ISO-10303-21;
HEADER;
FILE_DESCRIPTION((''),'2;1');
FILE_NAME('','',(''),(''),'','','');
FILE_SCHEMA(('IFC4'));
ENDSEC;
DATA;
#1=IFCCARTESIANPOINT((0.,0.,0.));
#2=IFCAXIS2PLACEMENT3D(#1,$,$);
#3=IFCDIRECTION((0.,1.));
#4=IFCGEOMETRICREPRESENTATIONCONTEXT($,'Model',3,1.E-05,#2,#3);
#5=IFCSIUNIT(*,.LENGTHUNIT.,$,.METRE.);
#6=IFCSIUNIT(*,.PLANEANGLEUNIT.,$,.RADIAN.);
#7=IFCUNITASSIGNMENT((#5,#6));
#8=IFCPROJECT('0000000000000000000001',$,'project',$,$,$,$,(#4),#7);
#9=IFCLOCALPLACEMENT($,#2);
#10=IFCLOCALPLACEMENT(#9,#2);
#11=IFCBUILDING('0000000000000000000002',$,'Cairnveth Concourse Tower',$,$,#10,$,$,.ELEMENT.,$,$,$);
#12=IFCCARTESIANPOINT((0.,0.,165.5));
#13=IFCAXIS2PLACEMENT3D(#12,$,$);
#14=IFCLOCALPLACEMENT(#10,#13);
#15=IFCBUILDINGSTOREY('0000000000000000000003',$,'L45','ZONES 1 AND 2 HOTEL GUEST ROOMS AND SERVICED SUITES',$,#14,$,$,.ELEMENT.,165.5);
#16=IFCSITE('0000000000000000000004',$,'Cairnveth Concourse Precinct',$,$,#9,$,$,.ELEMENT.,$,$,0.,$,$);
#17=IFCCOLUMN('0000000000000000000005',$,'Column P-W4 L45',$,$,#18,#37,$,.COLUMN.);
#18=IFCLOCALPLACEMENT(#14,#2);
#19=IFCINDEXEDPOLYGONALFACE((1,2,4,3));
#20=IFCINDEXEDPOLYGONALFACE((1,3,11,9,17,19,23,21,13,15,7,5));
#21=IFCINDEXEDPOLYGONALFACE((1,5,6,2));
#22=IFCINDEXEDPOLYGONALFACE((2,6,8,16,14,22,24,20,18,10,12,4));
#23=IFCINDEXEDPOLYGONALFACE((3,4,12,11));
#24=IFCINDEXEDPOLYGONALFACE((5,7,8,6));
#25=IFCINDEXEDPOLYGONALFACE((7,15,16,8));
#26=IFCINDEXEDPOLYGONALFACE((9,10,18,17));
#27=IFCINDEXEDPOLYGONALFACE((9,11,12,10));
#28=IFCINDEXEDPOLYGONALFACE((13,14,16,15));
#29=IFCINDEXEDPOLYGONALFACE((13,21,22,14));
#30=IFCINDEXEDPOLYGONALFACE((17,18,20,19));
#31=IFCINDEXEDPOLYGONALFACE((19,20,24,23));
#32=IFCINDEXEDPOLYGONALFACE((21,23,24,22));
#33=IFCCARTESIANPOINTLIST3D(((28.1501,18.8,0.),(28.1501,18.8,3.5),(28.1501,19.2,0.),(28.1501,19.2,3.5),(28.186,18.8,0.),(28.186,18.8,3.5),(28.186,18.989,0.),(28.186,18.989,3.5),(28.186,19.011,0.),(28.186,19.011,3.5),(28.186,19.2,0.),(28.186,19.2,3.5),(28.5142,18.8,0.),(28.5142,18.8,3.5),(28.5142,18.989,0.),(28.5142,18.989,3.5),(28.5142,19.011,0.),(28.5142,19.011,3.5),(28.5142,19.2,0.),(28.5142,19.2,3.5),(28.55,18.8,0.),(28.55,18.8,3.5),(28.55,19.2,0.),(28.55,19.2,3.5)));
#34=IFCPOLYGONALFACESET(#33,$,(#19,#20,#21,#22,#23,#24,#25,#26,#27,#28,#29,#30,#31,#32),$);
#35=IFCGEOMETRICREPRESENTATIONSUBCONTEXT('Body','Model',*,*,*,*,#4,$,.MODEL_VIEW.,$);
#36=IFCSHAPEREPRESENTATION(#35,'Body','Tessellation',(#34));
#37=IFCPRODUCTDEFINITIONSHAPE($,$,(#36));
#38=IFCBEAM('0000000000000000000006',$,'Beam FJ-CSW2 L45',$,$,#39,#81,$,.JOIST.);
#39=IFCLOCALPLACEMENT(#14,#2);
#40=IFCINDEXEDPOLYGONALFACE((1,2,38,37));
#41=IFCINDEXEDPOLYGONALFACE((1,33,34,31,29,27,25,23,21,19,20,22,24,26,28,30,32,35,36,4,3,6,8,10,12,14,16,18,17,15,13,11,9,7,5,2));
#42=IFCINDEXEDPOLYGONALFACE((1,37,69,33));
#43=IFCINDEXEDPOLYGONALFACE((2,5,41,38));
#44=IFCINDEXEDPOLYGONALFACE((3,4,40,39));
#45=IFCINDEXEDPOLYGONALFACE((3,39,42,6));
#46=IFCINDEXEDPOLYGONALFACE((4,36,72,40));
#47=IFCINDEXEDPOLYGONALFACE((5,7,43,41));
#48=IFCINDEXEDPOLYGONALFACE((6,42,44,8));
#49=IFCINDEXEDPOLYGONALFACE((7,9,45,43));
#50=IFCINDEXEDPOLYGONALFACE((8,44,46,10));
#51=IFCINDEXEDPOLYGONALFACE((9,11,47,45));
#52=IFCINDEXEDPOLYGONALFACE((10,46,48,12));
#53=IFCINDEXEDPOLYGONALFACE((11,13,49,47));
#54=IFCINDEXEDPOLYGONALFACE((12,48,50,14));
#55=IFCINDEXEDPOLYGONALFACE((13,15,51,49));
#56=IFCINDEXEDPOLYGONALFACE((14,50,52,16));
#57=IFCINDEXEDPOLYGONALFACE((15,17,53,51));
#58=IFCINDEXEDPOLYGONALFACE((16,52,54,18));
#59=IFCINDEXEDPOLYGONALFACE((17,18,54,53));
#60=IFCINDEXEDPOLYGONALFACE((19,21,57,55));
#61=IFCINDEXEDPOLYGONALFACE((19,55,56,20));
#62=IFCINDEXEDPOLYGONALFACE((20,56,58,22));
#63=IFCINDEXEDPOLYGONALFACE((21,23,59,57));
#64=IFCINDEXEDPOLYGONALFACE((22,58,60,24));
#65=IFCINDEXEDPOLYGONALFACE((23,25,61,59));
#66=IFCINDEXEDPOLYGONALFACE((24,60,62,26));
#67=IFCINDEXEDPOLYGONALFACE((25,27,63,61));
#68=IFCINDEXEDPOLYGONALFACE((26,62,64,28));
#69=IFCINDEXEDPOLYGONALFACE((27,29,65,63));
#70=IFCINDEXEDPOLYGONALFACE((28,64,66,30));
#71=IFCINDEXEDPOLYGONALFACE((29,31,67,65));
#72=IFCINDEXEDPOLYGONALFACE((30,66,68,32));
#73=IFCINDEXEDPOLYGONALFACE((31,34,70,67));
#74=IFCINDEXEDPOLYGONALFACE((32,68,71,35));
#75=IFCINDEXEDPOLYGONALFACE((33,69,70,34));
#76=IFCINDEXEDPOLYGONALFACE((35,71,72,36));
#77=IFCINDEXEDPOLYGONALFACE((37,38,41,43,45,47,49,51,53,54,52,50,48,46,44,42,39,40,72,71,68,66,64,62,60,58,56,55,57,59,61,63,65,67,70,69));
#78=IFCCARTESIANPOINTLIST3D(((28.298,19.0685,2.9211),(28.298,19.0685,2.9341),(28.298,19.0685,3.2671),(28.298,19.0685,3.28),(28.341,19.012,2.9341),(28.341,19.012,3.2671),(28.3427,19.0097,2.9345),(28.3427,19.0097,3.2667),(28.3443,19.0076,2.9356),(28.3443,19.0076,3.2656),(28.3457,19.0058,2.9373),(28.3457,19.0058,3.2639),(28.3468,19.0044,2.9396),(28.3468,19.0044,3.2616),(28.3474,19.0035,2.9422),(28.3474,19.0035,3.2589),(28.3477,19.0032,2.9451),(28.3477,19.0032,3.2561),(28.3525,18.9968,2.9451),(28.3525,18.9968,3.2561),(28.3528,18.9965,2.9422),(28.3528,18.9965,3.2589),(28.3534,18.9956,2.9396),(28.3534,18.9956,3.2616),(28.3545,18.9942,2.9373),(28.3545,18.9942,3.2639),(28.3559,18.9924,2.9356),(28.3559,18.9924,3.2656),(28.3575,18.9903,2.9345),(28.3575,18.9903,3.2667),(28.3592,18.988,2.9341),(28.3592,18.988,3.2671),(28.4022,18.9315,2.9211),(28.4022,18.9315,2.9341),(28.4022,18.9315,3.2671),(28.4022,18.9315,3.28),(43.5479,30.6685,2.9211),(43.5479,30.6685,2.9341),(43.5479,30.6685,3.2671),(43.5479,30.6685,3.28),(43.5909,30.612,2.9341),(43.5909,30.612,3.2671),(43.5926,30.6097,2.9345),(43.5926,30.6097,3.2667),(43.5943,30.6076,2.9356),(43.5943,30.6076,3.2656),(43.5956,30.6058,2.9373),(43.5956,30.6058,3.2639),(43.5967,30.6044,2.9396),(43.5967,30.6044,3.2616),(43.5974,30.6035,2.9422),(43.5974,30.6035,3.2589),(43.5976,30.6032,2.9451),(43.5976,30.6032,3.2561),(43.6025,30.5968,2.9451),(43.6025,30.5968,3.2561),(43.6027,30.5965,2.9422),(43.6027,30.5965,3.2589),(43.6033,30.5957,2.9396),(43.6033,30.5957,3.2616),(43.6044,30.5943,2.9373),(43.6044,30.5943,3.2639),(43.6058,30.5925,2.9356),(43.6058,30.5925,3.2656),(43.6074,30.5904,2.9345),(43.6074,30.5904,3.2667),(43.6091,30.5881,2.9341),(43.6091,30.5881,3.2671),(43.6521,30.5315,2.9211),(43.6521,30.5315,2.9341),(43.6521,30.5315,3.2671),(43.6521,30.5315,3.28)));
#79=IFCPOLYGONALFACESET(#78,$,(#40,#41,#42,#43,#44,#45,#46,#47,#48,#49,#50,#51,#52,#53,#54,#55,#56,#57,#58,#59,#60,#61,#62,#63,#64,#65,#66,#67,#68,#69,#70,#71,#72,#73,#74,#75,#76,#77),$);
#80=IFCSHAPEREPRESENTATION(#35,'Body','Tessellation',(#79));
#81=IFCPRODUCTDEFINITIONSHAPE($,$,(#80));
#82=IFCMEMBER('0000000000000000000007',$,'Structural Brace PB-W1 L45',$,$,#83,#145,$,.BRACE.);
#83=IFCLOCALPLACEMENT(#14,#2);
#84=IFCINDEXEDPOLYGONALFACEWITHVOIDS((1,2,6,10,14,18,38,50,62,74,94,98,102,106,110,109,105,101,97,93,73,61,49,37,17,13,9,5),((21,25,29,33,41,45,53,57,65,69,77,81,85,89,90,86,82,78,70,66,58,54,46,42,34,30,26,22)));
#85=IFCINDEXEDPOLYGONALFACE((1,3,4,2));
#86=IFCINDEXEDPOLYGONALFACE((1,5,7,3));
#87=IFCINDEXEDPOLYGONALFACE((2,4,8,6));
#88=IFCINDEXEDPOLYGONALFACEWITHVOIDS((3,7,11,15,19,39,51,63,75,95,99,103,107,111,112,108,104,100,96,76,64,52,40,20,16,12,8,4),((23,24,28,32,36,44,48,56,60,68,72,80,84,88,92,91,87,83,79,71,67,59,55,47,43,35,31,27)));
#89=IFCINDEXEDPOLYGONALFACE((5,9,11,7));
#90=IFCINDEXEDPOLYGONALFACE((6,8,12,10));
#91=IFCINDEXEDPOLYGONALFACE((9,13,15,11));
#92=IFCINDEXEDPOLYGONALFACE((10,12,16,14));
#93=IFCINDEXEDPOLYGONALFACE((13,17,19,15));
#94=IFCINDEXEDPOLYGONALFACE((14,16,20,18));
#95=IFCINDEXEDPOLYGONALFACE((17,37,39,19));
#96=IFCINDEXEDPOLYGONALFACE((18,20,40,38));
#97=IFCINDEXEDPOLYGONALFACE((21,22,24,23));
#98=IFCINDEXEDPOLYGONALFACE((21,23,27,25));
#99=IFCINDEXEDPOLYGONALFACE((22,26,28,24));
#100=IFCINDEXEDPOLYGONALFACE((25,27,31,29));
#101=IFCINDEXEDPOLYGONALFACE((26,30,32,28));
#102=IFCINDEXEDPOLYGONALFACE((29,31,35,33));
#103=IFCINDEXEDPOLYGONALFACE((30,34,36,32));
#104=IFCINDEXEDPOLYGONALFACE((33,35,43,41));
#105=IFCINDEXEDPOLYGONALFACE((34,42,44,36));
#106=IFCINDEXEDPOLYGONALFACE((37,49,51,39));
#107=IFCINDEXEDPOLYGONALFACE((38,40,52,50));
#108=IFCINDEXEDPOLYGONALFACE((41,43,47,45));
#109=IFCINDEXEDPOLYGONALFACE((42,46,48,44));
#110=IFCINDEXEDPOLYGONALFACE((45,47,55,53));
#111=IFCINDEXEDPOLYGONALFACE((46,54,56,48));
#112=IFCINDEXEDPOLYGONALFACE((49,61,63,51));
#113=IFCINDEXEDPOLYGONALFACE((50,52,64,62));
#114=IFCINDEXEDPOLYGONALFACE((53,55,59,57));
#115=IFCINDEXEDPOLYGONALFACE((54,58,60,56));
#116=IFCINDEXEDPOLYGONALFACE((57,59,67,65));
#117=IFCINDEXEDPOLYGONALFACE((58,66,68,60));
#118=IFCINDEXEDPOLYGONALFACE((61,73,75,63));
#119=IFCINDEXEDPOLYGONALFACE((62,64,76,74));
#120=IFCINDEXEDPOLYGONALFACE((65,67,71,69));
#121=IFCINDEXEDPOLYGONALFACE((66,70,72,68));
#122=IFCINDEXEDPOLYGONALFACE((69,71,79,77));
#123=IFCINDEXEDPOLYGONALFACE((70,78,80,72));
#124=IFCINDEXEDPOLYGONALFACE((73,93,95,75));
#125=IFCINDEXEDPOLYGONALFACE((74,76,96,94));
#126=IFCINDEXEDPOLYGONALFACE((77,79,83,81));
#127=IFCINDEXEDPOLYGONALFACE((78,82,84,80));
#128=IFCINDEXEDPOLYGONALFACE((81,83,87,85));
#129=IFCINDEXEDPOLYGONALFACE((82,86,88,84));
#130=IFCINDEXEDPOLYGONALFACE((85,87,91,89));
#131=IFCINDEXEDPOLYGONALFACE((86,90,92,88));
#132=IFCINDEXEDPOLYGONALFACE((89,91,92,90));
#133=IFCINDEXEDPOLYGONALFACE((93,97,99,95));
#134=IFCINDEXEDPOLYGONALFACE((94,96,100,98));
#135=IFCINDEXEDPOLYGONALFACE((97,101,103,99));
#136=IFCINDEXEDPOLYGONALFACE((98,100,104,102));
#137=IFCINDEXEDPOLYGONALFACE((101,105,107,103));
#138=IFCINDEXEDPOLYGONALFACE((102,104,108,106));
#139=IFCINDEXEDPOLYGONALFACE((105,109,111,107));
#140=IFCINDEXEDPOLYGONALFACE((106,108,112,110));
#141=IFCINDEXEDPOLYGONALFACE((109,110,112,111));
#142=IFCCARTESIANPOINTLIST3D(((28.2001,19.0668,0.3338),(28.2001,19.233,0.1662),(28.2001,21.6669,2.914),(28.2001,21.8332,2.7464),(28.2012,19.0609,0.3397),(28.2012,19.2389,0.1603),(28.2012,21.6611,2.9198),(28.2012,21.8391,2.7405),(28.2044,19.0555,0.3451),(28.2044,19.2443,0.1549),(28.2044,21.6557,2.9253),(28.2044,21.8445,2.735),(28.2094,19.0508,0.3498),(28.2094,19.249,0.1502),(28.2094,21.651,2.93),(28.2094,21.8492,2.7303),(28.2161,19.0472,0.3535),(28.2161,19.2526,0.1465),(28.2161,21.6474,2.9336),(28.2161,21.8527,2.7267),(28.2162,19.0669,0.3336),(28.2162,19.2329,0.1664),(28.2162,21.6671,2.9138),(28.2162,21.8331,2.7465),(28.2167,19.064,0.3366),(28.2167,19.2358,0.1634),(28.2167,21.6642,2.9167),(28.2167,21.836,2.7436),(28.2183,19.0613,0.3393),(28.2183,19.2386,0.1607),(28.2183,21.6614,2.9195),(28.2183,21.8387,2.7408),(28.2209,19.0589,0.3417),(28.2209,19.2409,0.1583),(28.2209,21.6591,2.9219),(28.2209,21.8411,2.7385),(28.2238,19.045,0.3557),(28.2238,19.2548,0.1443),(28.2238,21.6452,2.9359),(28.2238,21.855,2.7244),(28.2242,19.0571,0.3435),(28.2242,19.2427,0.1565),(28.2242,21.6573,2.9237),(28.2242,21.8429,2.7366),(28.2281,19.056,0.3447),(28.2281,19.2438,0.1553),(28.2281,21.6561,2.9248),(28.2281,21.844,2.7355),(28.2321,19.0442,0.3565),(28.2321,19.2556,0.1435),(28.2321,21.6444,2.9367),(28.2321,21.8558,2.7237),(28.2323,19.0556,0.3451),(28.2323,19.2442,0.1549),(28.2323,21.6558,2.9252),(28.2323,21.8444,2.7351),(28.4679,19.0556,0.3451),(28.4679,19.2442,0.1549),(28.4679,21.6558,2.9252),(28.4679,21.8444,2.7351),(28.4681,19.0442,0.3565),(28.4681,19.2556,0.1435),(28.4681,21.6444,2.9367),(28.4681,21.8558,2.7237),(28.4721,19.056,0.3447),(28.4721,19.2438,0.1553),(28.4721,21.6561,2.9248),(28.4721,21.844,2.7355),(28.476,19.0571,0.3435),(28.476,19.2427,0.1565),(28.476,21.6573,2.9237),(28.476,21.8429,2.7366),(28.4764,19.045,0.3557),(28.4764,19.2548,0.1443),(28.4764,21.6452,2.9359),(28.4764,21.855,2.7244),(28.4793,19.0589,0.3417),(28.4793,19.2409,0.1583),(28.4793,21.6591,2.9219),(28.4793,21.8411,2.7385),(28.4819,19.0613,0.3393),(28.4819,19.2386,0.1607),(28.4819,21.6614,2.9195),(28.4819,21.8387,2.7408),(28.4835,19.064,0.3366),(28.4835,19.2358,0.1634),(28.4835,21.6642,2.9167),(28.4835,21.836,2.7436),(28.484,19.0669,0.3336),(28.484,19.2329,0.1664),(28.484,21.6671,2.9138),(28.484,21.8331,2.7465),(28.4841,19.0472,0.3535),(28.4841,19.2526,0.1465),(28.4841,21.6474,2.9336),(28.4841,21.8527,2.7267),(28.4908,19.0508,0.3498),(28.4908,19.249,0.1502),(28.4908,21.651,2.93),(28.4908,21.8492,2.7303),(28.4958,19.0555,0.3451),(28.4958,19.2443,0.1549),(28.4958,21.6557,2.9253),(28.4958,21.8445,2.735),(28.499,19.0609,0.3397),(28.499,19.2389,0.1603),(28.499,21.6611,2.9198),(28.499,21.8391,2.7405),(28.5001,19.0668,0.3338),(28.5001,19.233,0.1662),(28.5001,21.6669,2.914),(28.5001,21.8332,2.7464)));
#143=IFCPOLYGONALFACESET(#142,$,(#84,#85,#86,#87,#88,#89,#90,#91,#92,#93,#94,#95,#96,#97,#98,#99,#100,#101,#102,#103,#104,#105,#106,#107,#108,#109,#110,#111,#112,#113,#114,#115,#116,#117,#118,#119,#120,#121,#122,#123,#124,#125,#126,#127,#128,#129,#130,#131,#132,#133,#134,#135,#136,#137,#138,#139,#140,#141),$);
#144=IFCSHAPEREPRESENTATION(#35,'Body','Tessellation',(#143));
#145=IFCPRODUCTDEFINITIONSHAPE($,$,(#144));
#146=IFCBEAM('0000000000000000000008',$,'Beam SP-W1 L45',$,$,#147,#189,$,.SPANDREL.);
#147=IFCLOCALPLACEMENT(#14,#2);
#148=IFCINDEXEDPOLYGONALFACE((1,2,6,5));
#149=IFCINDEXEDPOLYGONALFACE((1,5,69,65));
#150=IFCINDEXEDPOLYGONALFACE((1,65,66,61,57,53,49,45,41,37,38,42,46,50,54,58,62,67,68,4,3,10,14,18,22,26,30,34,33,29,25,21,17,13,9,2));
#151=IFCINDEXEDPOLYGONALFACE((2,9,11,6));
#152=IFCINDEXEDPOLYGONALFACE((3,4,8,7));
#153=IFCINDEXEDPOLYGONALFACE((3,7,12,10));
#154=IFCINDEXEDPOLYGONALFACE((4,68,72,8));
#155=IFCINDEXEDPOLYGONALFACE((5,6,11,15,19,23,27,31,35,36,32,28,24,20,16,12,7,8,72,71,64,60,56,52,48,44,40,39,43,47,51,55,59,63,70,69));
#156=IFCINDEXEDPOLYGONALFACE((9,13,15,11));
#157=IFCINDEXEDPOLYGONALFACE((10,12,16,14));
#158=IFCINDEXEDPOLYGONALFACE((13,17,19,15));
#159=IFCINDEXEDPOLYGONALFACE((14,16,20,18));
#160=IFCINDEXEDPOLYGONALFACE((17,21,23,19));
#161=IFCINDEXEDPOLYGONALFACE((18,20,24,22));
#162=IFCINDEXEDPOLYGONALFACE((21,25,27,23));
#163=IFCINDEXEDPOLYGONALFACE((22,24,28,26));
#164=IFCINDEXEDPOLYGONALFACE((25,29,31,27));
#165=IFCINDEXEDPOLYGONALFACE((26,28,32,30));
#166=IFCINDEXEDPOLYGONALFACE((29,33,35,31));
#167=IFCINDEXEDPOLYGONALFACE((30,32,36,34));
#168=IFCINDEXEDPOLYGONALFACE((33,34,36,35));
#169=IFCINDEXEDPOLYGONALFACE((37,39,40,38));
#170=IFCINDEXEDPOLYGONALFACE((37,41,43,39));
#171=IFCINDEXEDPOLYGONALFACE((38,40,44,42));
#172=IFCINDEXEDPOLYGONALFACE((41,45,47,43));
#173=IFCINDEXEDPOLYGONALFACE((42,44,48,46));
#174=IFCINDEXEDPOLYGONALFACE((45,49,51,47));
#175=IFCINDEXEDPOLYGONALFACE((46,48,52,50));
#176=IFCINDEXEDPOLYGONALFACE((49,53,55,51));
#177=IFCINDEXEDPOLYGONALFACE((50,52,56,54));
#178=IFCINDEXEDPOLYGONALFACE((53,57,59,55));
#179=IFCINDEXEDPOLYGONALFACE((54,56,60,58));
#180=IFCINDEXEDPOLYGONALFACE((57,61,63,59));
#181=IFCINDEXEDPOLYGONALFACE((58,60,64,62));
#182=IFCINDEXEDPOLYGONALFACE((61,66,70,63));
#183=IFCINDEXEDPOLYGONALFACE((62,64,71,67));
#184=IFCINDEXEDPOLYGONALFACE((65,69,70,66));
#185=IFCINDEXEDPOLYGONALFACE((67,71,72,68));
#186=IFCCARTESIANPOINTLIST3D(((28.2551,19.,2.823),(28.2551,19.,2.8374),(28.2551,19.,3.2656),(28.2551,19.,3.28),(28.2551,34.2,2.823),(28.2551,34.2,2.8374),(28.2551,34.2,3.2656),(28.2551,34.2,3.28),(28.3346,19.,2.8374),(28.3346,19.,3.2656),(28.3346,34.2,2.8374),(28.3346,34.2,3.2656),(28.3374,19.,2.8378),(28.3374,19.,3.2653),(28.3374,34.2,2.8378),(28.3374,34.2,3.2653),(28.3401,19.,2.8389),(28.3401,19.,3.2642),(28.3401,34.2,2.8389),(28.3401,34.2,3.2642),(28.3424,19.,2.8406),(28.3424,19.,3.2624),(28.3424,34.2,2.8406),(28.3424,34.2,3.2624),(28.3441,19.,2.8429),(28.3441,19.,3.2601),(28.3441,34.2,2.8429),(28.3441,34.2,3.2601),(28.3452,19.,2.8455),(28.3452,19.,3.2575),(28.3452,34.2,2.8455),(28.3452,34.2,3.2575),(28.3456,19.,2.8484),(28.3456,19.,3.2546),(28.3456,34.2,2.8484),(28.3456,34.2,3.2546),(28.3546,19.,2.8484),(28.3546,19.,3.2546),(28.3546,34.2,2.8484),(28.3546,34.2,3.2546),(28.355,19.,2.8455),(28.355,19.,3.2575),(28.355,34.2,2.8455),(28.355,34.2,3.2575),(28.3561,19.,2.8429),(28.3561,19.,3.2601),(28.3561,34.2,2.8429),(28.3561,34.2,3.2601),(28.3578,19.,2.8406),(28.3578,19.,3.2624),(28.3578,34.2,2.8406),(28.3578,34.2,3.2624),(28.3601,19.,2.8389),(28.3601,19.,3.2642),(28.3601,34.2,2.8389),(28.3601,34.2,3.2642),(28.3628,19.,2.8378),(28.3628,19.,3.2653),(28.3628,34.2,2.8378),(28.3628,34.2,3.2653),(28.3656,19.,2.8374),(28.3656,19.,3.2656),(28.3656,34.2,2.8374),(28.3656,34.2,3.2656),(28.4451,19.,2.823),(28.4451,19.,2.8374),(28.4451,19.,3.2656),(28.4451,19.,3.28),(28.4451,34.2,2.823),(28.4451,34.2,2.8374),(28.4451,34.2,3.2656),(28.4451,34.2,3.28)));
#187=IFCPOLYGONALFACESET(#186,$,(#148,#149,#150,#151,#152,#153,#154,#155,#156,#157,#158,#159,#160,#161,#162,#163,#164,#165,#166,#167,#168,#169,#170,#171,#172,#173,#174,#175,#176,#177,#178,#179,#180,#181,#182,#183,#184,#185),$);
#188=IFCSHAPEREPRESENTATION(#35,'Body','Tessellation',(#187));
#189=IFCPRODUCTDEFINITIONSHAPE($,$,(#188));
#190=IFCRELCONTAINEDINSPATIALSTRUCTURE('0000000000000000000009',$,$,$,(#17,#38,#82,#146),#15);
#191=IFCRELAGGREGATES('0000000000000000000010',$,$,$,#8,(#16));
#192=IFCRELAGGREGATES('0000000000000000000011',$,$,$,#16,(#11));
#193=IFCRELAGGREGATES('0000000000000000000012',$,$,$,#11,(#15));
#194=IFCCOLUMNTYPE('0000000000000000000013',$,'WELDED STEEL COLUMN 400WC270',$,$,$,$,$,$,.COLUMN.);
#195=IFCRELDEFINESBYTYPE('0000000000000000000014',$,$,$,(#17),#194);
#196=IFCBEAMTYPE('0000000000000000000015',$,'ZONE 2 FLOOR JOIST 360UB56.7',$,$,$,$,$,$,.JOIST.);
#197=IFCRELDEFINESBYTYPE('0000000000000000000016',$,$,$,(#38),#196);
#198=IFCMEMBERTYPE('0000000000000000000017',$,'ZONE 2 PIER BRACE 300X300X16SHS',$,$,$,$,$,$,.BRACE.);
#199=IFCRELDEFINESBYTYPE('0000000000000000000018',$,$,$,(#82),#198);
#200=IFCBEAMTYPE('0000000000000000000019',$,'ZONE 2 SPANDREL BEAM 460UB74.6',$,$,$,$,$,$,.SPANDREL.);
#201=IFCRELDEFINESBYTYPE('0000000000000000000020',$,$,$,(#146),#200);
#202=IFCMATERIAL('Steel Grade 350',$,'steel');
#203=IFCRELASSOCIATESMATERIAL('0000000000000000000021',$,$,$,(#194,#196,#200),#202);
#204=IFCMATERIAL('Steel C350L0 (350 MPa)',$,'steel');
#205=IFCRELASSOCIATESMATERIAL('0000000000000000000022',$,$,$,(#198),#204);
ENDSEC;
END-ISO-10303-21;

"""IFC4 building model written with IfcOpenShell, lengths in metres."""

from ifc_helpers import new_model, si_unit, direction, frame, origin, origin_2d, place, context, subcontext, project, spatial, hollow_rectangle, i_section, extrude, material, material_profile, profile_set, type_object, element, save


model = new_model("IFC4")

# Units and contexts
model_context = context("Model", 3, precision=1e-05, world=origin(), true_north=direction((0.0, 1.0)))
body_context = subcontext(model_context, "Body", "Model", "MODEL_VIEW")
ifc_project = project(units=[si_unit("LENGTHUNIT", "METRE"), si_unit("PLANEANGLEUNIT", "RADIAN")], contexts=[model_context])

# Site, building, storey
site_placement = place(None, origin())
site = spatial("IfcSite", under=ifc_project, at=site_placement, Name="Cairnveth Concourse Precinct", CompositionType="ELEMENT", RefElevation=0.0)
building_placement = place(site_placement, origin())
building = spatial("IfcBuilding", under=site, at=building_placement, Name="Cairnveth Concourse Tower", CompositionType="ELEMENT")
storey_placement = place(building_placement, frame((0.0, 0.0, 165.5)))
storey = spatial("IfcBuildingStorey", under=building, at=storey_placement, Name="L45", Description="ZONES 1 AND 2 HOTEL GUEST ROOMS AND SERVICED SUITES", CompositionType="ELEMENT", Elevation=165.5)

# Column
ifc_material_1 = material(Name="Steel Grade 350", Category="steel")
ifc_material_profile_1 = material_profile(ifc_material_1, i_section(OverallWidth=0.3999, OverallDepth=0.3999, WebThickness=0.022, FlangeThickness=0.0359, at=origin_2d()), Name="400WC270")
ifc_profile_set_1 = profile_set([ifc_material_profile_1], Name="Steel Grade 350")
column_type = type_object("IfcColumnType", Name="WELDED STEEL COLUMN 400WC270", PredefinedType="COLUMN", material=ifc_profile_set_1)
column_placement = place(storey_placement, frame((28.3501, 19.0, 0.0), z_axis=(0.0, 0.0, 1.0), x_axis=(0.0, 1.0, 0.0)))
element("IfcColumn", 1, at=column_placement, inside=storey, type_object=column_type, Name="Column P-W4 L45", PredefinedType="COLUMN", context=body_context, shape_type="SweptSolid", body=[
    extrude(i_section(OverallWidth=0.3999, OverallDepth=0.3999, WebThickness=0.022, FlangeThickness=0.0359, at=origin_2d()), origin(), (0.0, 0.0, 1.0), 3.5),
])

# Beam
ifc_material_profile_2 = material_profile(ifc_material_1, i_section(OverallWidth=0.1721, OverallDepth=0.3589, WebThickness=0.0081, FlangeThickness=0.0129, FilletRadius=0.011, at=origin_2d()), Name="360UB56.7")
ifc_profile_set_2 = profile_set([ifc_material_profile_2], Name="Steel Grade 350")
beam_type_1 = type_object("IfcBeamType", Name="ZONE 2 FLOOR JOIST 360UB56.7", PredefinedType="JOIST", material=ifc_profile_set_2)
beam_1_placement = place(storey_placement, frame((28.3501, 19.0, 3.1006), z_axis=(0.795908, 0.605417, 0.0), x_axis=(-0.605417, 0.795908, 0.0)))
element("IfcBeam", 2, at=beam_1_placement, inside=storey, type_object=beam_type_1, Name="Beam FJ-CSW2 L45", PredefinedType="JOIST", context=body_context, shape_type="SweptSolid", body=[
    extrude(i_section(OverallWidth=0.1721, OverallDepth=0.3589, WebThickness=0.0081, FlangeThickness=0.0129, FilletRadius=0.011, at=origin_2d()), origin(), (0.0, 0.0, 1.0), 19.1604),
])

# Member
ifc_material_2 = material(Name="Steel C350L0 (350 MPa)", Category="steel")
ifc_material_profile_3 = material_profile(ifc_material_2, hollow_rectangle(XDim=0.3, YDim=0.3, WallThickness=0.0161, InnerFilletRadius=0.0161, OuterFilletRadius=0.032, at=origin_2d()), Name="300x300x16.0SHS")
ifc_profile_set_3 = profile_set([ifc_material_profile_3], Name="Steel C350L0 (350 MPa)")
member_type = type_object("IfcMemberType", Name="ZONE 2 PIER BRACE 300X300X16SHS", PredefinedType="BRACE", material=ifc_profile_set_3)
member_placement = place(storey_placement, frame((28.3501, 19.1499, 0.25), z_axis=(0.0, 0.709834, 0.704369), x_axis=(-1.0, 0.0, 0.0)))
element("IfcMember", 3, at=member_placement, inside=storey, type_object=member_type, Name="Structural Brace PB-W1 L45", PredefinedType="BRACE", context=body_context, shape_type="SweptSolid", body=[
    extrude(hollow_rectangle(XDim=0.3, YDim=0.3, WallThickness=0.0161, InnerFilletRadius=0.0161, OuterFilletRadius=0.032, at=origin_2d()), origin(), (0.0, 0.0, 1.0), 3.6631),
])

# Beam
ifc_material_profile_4 = material_profile(ifc_material_1, i_section(OverallWidth=0.1899, OverallDepth=0.457, WebThickness=0.009, FlangeThickness=0.0144, FilletRadius=0.011, at=origin_2d()), Name="460UB74.6")
ifc_profile_set_4 = profile_set([ifc_material_profile_4], Name="Steel Grade 350")
beam_type_2 = type_object("IfcBeamType", Name="ZONE 2 SPANDREL BEAM 460UB74.6", PredefinedType="SPANDREL", material=ifc_profile_set_4)
beam_2_placement = place(storey_placement, frame((28.3501, 19.0, 3.0515), z_axis=(0.0, 1.0, 0.0), x_axis=(-1.0, 0.0, 0.0)))
element("IfcBeam", 4, at=beam_2_placement, inside=storey, type_object=beam_type_2, Name="Beam SP-W1 L45", PredefinedType="SPANDREL", context=body_context, shape_type="SweptSolid", body=[
    extrude(i_section(OverallWidth=0.1899, OverallDepth=0.457, WebThickness=0.009, FlangeThickness=0.0144, FilletRadius=0.011, at=origin_2d()), origin(), (0.0, 0.0, 1.0), 15.2),
])

save(model, "model.ifc")
